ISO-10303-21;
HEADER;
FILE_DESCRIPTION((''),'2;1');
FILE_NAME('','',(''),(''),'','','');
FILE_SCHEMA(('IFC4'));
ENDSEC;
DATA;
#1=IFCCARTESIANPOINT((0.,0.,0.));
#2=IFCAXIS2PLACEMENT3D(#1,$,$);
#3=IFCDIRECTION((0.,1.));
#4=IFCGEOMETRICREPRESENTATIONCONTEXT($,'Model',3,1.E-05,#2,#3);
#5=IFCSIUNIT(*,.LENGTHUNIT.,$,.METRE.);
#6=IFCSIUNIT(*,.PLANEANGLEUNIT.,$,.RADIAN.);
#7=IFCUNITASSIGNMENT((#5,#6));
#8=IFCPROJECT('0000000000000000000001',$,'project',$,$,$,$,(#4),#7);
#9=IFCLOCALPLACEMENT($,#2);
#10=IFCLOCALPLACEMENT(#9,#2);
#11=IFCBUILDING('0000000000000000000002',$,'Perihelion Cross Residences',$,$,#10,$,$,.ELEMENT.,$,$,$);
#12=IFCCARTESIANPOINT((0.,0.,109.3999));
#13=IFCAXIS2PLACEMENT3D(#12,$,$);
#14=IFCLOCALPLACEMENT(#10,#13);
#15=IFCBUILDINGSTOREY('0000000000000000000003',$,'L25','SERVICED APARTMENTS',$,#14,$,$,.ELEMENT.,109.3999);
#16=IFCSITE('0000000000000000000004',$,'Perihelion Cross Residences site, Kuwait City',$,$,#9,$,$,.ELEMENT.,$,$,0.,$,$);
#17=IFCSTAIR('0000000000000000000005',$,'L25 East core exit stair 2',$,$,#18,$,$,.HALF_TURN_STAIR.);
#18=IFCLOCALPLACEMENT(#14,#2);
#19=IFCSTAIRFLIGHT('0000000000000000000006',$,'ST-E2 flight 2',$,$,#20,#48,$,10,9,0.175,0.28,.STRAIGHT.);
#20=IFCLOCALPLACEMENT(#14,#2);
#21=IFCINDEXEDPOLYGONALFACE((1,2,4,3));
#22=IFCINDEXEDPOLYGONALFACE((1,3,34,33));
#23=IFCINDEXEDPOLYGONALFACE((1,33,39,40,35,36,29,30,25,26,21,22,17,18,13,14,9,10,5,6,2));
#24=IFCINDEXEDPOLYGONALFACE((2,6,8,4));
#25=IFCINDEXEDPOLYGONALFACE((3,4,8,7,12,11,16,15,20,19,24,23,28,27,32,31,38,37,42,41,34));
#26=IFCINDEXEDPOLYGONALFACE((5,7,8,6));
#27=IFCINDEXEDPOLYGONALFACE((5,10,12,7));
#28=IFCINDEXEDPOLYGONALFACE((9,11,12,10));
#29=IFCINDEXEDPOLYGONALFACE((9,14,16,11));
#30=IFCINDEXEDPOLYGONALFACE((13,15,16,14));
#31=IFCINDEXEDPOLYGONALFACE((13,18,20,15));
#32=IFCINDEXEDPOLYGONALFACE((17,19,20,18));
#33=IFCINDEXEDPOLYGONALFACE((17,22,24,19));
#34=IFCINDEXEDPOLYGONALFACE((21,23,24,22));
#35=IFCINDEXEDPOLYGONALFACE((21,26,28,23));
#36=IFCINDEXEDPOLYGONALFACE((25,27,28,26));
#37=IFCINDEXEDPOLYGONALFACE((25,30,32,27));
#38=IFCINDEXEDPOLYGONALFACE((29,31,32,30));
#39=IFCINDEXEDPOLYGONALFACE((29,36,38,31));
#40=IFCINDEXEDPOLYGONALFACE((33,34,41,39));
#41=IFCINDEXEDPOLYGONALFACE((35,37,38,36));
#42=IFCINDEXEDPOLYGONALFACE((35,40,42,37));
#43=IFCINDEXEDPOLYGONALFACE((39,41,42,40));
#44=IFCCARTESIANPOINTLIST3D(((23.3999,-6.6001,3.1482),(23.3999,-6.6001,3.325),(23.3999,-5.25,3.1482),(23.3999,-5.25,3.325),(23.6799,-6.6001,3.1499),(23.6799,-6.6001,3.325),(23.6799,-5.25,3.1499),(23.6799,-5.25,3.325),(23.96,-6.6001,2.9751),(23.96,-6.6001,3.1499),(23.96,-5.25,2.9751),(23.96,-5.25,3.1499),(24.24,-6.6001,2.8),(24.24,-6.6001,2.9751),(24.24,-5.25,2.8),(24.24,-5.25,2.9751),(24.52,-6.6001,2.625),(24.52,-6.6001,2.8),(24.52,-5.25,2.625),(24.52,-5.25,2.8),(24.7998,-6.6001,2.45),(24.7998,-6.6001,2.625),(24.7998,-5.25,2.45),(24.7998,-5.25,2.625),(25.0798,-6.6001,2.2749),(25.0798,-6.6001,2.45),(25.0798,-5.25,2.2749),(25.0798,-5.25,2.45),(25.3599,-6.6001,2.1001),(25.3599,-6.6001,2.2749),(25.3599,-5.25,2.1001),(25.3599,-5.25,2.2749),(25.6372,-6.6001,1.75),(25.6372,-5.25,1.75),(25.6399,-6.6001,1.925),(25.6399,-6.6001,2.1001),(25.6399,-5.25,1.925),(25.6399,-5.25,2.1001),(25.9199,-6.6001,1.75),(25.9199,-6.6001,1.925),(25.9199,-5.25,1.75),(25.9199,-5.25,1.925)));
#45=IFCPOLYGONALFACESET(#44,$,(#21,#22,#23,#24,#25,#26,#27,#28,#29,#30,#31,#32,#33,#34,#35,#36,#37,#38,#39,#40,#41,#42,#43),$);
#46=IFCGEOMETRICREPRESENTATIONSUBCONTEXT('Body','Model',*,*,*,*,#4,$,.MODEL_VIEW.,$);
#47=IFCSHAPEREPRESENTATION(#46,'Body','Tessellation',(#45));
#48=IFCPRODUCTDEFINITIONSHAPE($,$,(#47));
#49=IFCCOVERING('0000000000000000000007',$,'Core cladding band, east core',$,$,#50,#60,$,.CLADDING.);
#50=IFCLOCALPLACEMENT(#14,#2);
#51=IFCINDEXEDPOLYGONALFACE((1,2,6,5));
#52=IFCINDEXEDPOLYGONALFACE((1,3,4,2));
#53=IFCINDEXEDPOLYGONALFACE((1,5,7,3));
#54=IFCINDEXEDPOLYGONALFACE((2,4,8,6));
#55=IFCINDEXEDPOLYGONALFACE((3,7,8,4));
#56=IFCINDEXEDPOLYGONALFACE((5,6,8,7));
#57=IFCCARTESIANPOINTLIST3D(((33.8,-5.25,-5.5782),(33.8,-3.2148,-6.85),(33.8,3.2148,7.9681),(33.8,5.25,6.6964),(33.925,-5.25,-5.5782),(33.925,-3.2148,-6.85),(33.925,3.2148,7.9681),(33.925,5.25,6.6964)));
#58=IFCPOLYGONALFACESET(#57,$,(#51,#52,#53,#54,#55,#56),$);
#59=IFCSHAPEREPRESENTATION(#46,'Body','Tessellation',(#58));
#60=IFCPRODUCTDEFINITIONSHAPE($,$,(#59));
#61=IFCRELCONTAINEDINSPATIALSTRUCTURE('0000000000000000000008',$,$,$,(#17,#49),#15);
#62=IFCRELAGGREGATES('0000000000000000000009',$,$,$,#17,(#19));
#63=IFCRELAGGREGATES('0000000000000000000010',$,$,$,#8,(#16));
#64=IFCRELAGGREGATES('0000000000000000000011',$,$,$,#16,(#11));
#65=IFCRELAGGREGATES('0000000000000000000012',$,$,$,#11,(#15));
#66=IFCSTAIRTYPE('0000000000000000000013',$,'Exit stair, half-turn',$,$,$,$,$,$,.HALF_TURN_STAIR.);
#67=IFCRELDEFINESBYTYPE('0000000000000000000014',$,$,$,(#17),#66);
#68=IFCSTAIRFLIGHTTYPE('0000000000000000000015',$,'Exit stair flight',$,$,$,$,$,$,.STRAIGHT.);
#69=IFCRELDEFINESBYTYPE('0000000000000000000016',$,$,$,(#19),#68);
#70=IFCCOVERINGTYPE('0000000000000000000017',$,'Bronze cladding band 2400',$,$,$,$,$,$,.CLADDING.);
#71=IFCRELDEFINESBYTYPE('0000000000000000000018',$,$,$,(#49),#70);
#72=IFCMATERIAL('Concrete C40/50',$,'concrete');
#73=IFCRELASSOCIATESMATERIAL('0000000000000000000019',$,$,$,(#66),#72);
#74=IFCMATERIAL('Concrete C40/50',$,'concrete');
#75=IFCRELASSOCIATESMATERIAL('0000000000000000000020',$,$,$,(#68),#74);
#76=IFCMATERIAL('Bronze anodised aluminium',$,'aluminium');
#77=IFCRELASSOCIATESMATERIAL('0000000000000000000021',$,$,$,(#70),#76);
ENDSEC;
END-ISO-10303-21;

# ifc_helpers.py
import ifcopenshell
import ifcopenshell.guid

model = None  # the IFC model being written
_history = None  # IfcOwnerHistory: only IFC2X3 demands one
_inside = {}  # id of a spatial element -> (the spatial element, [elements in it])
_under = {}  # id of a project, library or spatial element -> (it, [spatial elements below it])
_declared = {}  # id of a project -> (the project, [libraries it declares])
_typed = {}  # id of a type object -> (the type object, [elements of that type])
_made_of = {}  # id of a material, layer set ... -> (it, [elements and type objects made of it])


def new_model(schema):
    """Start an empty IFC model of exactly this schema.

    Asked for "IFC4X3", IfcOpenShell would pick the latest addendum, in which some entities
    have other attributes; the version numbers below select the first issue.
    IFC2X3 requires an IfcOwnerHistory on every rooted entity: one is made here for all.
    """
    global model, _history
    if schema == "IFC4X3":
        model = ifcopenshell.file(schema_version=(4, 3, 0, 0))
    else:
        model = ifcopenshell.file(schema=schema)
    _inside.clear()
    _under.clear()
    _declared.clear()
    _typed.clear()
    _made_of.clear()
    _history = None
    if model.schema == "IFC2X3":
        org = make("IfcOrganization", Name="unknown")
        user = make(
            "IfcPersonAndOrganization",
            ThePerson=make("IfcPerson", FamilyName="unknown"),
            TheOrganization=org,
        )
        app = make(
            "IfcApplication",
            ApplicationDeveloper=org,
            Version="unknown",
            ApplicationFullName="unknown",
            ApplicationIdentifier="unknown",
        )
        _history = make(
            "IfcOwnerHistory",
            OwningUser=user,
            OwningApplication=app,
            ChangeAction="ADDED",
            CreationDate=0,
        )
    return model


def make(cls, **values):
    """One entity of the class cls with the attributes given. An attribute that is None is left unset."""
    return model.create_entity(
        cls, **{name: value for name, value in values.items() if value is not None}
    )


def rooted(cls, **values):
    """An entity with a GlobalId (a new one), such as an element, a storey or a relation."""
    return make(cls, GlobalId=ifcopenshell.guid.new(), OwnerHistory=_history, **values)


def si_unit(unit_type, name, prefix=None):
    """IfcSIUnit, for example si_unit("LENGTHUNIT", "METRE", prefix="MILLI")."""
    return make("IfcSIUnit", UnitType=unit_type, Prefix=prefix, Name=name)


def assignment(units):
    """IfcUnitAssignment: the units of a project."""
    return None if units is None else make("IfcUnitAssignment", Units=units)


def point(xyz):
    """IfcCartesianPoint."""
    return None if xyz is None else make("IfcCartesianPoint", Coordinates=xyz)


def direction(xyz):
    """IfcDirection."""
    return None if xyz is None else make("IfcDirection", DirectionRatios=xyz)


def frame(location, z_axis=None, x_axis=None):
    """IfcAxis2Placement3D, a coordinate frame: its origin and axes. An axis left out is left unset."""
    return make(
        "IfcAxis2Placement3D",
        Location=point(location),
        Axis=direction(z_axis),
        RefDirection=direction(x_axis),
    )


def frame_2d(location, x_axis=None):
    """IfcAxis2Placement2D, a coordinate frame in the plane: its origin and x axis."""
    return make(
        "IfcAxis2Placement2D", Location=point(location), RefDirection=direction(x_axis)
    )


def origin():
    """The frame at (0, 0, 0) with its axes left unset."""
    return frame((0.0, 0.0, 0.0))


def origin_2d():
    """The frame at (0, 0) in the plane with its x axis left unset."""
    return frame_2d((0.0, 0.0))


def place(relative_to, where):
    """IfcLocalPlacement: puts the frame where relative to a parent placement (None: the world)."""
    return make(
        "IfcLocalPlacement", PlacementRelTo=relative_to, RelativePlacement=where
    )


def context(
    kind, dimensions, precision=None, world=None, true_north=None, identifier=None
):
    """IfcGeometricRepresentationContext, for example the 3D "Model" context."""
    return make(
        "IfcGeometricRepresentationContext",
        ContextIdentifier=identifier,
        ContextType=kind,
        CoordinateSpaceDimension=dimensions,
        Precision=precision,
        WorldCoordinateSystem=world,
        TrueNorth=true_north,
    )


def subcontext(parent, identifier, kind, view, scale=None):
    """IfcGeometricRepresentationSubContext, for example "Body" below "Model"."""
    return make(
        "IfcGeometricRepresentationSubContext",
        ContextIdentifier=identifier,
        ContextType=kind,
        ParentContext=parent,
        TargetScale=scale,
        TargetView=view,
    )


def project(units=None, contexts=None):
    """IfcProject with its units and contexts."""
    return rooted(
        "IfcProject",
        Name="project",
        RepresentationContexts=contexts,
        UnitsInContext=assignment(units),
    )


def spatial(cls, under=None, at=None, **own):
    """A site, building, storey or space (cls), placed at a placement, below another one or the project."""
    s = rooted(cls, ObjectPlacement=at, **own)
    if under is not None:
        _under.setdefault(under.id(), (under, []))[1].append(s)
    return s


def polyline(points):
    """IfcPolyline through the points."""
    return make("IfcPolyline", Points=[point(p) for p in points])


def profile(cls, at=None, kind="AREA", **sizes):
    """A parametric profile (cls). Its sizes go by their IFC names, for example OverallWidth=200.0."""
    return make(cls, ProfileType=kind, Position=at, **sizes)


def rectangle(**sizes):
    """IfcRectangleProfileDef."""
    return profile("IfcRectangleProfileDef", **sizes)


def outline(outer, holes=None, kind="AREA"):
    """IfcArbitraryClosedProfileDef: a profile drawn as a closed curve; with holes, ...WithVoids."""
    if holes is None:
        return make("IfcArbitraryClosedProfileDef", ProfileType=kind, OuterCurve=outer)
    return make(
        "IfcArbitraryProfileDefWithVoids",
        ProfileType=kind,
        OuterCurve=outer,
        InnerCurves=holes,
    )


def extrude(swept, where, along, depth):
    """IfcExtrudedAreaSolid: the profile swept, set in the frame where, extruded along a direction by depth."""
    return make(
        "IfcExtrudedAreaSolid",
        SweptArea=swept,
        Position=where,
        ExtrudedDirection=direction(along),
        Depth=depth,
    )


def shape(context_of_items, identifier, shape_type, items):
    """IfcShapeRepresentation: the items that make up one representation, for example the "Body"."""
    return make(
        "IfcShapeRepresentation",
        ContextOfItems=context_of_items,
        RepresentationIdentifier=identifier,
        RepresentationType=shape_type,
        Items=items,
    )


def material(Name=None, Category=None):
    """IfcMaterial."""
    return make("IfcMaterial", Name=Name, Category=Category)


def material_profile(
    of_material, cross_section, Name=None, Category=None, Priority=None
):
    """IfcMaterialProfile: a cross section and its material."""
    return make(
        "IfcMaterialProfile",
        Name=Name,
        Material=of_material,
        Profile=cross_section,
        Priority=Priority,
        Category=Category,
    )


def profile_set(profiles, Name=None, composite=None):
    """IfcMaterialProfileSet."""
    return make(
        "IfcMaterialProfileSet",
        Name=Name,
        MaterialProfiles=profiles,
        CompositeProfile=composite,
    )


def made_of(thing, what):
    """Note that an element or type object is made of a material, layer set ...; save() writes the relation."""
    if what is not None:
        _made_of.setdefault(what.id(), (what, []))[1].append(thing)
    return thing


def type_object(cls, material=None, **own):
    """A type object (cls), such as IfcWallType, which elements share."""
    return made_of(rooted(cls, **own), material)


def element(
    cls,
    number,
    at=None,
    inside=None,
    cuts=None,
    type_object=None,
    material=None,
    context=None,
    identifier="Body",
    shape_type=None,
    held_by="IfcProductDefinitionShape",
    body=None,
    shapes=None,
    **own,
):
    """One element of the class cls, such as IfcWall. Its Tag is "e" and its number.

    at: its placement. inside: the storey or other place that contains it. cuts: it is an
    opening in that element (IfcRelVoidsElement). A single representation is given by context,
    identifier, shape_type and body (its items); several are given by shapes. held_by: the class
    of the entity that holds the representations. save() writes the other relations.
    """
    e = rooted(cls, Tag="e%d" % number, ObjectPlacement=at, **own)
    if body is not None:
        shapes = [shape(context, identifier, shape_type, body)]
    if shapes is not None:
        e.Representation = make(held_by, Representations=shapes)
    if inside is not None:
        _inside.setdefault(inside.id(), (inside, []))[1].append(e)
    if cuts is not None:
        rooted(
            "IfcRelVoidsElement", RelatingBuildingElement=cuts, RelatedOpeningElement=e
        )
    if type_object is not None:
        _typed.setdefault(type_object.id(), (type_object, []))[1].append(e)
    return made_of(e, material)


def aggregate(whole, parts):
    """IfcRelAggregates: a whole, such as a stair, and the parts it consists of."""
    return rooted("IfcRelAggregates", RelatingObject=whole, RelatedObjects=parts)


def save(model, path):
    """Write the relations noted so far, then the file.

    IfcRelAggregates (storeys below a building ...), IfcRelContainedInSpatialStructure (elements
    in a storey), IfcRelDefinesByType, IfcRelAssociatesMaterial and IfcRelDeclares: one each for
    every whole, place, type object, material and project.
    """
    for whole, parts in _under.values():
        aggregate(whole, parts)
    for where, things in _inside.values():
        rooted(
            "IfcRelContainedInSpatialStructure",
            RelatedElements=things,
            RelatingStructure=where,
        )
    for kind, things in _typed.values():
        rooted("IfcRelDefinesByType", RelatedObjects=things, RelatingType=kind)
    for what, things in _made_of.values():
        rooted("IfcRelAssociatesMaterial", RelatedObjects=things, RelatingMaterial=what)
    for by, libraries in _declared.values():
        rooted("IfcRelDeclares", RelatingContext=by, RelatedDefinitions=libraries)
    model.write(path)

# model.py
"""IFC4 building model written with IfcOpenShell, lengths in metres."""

from ifc_helpers import new_model, si_unit, direction, frame, origin, origin_2d, place, context, subcontext, project, spatial, polyline, rectangle, outline, extrude, material, material_profile, profile_set, type_object, element, aggregate, save


model = new_model("IFC4")

# Units and contexts
model_context = context("Model", 3, precision=1e-05, world=origin(), true_north=direction((0.0, 1.0)))
body_context = subcontext(model_context, "Body", "Model", "MODEL_VIEW")
ifc_project = project(units=[si_unit("LENGTHUNIT", "METRE"), si_unit("PLANEANGLEUNIT", "RADIAN")], contexts=[model_context])

# Site, building, storey
site_placement = place(None, origin())
site = spatial("IfcSite", under=ifc_project, at=site_placement, Name="Perihelion Cross Residences site, Kuwait City", CompositionType="ELEMENT", RefElevation=0.0)
building_placement = place(site_placement, origin())
building = spatial("IfcBuilding", under=site, at=building_placement, Name="Perihelion Cross Residences", CompositionType="ELEMENT")
storey_placement = place(building_placement, frame((0.0, 0.0, 109.3999)))
storey = spatial("IfcBuildingStorey", under=building, at=storey_placement, Name="L25", Description="SERVICED APARTMENTS", CompositionType="ELEMENT", Elevation=109.3999)

# Stair, stair flight
ifc_material_1 = material(Name="Concrete C40/50", Category="concrete")
stair_type = type_object("IfcStairType", Name="Exit stair, half-turn", PredefinedType="HALF_TURN_STAIR", material=ifc_material_1)
stair_placement = place(storey_placement, origin())
stair = element("IfcStair", 1, at=stair_placement, inside=storey, type_object=stair_type, Name="L25 East core exit stair 2", PredefinedType="HALF_TURN_STAIR")
ifc_material_2 = material(Name="Concrete C40/50", Category="concrete")
stair_flight_type = type_object("IfcStairFlightType", Name="Exit stair flight", PredefinedType="STRAIGHT", material=ifc_material_2)
stair_flight_placement = place(storey_placement, frame((25.9199, -5.925, 1.75), z_axis=(0.0, 0.0, 1.0), x_axis=(-1.0, 0.0, 0.0)))
stair_flight = element("IfcStairFlight", 2, at=stair_flight_placement, type_object=stair_flight_type, Name="ST-E2 flight 2", NumberOfRisers=10, NumberOfTreads=9, PredefinedType="STRAIGHT", RiserHeight=0.175, TreadLength=0.28, context=body_context, shape_type="SweptSolid", body=[
    extrude(outline(polyline([(0.0, 0.0), (0.0, 0.175), (0.28, 0.175), (0.28, 0.3501), (0.5601, 0.3501), (0.5601, 0.5249), (0.8401, 0.5249), (0.8401, 0.7), (1.1201, 0.7), (1.1201, 0.875), (1.3999, 0.875), (1.3999, 1.05), (1.6799, 1.05), (1.6799, 1.2251), (1.96, 1.2251), (1.96, 1.3999), (2.24, 1.3999), (2.24, 1.575), (2.52, 1.575), (2.52, 1.75), (2.52, 1.3982), (0.2827, 0.0), (0.0, 0.0)])), frame((0.0, 0.675, 0.0), z_axis=(0.0, -1.0, 0.0), x_axis=(1.0, 0.0, 0.0)), (0.0, 0.0, 1.0), 1.3501),
])
aggregate(stair, [stair_flight])

# Covering
ifc_material_3 = material(Name="Bronze anodised aluminium", Category="aluminium")
ifc_material_profile = material_profile(ifc_material_3, rectangle(XDim=0.125, YDim=2.3999, at=origin_2d()), Name="Bronze cladding band 2400")
ifc_profile_set = profile_set([ifc_material_profile], Name="Bronze anodised aluminium")
covering_type = type_object("IfcCoveringType", Name="Bronze cladding band 2400", PredefinedType="CLADDING", material=ifc_profile_set)
covering_placement = place(storey_placement, frame((33.8625, -4.2324, -6.2141), z_axis=(0.0, 0.529925, 0.848045), x_axis=(-1.0, 0.0, 0.0)))
element("IfcCovering", 3, at=covering_placement, inside=storey, type_object=covering_type, Name="Core cladding band, east core", PredefinedType="CLADDING", context=body_context, shape_type="SweptSolid", body=[
    extrude(rectangle(XDim=0.125, YDim=2.3999, at=origin_2d()), origin(), (0.0, 0.0, 1.0), 15.9736),
])

save(model, "model.ifc")
